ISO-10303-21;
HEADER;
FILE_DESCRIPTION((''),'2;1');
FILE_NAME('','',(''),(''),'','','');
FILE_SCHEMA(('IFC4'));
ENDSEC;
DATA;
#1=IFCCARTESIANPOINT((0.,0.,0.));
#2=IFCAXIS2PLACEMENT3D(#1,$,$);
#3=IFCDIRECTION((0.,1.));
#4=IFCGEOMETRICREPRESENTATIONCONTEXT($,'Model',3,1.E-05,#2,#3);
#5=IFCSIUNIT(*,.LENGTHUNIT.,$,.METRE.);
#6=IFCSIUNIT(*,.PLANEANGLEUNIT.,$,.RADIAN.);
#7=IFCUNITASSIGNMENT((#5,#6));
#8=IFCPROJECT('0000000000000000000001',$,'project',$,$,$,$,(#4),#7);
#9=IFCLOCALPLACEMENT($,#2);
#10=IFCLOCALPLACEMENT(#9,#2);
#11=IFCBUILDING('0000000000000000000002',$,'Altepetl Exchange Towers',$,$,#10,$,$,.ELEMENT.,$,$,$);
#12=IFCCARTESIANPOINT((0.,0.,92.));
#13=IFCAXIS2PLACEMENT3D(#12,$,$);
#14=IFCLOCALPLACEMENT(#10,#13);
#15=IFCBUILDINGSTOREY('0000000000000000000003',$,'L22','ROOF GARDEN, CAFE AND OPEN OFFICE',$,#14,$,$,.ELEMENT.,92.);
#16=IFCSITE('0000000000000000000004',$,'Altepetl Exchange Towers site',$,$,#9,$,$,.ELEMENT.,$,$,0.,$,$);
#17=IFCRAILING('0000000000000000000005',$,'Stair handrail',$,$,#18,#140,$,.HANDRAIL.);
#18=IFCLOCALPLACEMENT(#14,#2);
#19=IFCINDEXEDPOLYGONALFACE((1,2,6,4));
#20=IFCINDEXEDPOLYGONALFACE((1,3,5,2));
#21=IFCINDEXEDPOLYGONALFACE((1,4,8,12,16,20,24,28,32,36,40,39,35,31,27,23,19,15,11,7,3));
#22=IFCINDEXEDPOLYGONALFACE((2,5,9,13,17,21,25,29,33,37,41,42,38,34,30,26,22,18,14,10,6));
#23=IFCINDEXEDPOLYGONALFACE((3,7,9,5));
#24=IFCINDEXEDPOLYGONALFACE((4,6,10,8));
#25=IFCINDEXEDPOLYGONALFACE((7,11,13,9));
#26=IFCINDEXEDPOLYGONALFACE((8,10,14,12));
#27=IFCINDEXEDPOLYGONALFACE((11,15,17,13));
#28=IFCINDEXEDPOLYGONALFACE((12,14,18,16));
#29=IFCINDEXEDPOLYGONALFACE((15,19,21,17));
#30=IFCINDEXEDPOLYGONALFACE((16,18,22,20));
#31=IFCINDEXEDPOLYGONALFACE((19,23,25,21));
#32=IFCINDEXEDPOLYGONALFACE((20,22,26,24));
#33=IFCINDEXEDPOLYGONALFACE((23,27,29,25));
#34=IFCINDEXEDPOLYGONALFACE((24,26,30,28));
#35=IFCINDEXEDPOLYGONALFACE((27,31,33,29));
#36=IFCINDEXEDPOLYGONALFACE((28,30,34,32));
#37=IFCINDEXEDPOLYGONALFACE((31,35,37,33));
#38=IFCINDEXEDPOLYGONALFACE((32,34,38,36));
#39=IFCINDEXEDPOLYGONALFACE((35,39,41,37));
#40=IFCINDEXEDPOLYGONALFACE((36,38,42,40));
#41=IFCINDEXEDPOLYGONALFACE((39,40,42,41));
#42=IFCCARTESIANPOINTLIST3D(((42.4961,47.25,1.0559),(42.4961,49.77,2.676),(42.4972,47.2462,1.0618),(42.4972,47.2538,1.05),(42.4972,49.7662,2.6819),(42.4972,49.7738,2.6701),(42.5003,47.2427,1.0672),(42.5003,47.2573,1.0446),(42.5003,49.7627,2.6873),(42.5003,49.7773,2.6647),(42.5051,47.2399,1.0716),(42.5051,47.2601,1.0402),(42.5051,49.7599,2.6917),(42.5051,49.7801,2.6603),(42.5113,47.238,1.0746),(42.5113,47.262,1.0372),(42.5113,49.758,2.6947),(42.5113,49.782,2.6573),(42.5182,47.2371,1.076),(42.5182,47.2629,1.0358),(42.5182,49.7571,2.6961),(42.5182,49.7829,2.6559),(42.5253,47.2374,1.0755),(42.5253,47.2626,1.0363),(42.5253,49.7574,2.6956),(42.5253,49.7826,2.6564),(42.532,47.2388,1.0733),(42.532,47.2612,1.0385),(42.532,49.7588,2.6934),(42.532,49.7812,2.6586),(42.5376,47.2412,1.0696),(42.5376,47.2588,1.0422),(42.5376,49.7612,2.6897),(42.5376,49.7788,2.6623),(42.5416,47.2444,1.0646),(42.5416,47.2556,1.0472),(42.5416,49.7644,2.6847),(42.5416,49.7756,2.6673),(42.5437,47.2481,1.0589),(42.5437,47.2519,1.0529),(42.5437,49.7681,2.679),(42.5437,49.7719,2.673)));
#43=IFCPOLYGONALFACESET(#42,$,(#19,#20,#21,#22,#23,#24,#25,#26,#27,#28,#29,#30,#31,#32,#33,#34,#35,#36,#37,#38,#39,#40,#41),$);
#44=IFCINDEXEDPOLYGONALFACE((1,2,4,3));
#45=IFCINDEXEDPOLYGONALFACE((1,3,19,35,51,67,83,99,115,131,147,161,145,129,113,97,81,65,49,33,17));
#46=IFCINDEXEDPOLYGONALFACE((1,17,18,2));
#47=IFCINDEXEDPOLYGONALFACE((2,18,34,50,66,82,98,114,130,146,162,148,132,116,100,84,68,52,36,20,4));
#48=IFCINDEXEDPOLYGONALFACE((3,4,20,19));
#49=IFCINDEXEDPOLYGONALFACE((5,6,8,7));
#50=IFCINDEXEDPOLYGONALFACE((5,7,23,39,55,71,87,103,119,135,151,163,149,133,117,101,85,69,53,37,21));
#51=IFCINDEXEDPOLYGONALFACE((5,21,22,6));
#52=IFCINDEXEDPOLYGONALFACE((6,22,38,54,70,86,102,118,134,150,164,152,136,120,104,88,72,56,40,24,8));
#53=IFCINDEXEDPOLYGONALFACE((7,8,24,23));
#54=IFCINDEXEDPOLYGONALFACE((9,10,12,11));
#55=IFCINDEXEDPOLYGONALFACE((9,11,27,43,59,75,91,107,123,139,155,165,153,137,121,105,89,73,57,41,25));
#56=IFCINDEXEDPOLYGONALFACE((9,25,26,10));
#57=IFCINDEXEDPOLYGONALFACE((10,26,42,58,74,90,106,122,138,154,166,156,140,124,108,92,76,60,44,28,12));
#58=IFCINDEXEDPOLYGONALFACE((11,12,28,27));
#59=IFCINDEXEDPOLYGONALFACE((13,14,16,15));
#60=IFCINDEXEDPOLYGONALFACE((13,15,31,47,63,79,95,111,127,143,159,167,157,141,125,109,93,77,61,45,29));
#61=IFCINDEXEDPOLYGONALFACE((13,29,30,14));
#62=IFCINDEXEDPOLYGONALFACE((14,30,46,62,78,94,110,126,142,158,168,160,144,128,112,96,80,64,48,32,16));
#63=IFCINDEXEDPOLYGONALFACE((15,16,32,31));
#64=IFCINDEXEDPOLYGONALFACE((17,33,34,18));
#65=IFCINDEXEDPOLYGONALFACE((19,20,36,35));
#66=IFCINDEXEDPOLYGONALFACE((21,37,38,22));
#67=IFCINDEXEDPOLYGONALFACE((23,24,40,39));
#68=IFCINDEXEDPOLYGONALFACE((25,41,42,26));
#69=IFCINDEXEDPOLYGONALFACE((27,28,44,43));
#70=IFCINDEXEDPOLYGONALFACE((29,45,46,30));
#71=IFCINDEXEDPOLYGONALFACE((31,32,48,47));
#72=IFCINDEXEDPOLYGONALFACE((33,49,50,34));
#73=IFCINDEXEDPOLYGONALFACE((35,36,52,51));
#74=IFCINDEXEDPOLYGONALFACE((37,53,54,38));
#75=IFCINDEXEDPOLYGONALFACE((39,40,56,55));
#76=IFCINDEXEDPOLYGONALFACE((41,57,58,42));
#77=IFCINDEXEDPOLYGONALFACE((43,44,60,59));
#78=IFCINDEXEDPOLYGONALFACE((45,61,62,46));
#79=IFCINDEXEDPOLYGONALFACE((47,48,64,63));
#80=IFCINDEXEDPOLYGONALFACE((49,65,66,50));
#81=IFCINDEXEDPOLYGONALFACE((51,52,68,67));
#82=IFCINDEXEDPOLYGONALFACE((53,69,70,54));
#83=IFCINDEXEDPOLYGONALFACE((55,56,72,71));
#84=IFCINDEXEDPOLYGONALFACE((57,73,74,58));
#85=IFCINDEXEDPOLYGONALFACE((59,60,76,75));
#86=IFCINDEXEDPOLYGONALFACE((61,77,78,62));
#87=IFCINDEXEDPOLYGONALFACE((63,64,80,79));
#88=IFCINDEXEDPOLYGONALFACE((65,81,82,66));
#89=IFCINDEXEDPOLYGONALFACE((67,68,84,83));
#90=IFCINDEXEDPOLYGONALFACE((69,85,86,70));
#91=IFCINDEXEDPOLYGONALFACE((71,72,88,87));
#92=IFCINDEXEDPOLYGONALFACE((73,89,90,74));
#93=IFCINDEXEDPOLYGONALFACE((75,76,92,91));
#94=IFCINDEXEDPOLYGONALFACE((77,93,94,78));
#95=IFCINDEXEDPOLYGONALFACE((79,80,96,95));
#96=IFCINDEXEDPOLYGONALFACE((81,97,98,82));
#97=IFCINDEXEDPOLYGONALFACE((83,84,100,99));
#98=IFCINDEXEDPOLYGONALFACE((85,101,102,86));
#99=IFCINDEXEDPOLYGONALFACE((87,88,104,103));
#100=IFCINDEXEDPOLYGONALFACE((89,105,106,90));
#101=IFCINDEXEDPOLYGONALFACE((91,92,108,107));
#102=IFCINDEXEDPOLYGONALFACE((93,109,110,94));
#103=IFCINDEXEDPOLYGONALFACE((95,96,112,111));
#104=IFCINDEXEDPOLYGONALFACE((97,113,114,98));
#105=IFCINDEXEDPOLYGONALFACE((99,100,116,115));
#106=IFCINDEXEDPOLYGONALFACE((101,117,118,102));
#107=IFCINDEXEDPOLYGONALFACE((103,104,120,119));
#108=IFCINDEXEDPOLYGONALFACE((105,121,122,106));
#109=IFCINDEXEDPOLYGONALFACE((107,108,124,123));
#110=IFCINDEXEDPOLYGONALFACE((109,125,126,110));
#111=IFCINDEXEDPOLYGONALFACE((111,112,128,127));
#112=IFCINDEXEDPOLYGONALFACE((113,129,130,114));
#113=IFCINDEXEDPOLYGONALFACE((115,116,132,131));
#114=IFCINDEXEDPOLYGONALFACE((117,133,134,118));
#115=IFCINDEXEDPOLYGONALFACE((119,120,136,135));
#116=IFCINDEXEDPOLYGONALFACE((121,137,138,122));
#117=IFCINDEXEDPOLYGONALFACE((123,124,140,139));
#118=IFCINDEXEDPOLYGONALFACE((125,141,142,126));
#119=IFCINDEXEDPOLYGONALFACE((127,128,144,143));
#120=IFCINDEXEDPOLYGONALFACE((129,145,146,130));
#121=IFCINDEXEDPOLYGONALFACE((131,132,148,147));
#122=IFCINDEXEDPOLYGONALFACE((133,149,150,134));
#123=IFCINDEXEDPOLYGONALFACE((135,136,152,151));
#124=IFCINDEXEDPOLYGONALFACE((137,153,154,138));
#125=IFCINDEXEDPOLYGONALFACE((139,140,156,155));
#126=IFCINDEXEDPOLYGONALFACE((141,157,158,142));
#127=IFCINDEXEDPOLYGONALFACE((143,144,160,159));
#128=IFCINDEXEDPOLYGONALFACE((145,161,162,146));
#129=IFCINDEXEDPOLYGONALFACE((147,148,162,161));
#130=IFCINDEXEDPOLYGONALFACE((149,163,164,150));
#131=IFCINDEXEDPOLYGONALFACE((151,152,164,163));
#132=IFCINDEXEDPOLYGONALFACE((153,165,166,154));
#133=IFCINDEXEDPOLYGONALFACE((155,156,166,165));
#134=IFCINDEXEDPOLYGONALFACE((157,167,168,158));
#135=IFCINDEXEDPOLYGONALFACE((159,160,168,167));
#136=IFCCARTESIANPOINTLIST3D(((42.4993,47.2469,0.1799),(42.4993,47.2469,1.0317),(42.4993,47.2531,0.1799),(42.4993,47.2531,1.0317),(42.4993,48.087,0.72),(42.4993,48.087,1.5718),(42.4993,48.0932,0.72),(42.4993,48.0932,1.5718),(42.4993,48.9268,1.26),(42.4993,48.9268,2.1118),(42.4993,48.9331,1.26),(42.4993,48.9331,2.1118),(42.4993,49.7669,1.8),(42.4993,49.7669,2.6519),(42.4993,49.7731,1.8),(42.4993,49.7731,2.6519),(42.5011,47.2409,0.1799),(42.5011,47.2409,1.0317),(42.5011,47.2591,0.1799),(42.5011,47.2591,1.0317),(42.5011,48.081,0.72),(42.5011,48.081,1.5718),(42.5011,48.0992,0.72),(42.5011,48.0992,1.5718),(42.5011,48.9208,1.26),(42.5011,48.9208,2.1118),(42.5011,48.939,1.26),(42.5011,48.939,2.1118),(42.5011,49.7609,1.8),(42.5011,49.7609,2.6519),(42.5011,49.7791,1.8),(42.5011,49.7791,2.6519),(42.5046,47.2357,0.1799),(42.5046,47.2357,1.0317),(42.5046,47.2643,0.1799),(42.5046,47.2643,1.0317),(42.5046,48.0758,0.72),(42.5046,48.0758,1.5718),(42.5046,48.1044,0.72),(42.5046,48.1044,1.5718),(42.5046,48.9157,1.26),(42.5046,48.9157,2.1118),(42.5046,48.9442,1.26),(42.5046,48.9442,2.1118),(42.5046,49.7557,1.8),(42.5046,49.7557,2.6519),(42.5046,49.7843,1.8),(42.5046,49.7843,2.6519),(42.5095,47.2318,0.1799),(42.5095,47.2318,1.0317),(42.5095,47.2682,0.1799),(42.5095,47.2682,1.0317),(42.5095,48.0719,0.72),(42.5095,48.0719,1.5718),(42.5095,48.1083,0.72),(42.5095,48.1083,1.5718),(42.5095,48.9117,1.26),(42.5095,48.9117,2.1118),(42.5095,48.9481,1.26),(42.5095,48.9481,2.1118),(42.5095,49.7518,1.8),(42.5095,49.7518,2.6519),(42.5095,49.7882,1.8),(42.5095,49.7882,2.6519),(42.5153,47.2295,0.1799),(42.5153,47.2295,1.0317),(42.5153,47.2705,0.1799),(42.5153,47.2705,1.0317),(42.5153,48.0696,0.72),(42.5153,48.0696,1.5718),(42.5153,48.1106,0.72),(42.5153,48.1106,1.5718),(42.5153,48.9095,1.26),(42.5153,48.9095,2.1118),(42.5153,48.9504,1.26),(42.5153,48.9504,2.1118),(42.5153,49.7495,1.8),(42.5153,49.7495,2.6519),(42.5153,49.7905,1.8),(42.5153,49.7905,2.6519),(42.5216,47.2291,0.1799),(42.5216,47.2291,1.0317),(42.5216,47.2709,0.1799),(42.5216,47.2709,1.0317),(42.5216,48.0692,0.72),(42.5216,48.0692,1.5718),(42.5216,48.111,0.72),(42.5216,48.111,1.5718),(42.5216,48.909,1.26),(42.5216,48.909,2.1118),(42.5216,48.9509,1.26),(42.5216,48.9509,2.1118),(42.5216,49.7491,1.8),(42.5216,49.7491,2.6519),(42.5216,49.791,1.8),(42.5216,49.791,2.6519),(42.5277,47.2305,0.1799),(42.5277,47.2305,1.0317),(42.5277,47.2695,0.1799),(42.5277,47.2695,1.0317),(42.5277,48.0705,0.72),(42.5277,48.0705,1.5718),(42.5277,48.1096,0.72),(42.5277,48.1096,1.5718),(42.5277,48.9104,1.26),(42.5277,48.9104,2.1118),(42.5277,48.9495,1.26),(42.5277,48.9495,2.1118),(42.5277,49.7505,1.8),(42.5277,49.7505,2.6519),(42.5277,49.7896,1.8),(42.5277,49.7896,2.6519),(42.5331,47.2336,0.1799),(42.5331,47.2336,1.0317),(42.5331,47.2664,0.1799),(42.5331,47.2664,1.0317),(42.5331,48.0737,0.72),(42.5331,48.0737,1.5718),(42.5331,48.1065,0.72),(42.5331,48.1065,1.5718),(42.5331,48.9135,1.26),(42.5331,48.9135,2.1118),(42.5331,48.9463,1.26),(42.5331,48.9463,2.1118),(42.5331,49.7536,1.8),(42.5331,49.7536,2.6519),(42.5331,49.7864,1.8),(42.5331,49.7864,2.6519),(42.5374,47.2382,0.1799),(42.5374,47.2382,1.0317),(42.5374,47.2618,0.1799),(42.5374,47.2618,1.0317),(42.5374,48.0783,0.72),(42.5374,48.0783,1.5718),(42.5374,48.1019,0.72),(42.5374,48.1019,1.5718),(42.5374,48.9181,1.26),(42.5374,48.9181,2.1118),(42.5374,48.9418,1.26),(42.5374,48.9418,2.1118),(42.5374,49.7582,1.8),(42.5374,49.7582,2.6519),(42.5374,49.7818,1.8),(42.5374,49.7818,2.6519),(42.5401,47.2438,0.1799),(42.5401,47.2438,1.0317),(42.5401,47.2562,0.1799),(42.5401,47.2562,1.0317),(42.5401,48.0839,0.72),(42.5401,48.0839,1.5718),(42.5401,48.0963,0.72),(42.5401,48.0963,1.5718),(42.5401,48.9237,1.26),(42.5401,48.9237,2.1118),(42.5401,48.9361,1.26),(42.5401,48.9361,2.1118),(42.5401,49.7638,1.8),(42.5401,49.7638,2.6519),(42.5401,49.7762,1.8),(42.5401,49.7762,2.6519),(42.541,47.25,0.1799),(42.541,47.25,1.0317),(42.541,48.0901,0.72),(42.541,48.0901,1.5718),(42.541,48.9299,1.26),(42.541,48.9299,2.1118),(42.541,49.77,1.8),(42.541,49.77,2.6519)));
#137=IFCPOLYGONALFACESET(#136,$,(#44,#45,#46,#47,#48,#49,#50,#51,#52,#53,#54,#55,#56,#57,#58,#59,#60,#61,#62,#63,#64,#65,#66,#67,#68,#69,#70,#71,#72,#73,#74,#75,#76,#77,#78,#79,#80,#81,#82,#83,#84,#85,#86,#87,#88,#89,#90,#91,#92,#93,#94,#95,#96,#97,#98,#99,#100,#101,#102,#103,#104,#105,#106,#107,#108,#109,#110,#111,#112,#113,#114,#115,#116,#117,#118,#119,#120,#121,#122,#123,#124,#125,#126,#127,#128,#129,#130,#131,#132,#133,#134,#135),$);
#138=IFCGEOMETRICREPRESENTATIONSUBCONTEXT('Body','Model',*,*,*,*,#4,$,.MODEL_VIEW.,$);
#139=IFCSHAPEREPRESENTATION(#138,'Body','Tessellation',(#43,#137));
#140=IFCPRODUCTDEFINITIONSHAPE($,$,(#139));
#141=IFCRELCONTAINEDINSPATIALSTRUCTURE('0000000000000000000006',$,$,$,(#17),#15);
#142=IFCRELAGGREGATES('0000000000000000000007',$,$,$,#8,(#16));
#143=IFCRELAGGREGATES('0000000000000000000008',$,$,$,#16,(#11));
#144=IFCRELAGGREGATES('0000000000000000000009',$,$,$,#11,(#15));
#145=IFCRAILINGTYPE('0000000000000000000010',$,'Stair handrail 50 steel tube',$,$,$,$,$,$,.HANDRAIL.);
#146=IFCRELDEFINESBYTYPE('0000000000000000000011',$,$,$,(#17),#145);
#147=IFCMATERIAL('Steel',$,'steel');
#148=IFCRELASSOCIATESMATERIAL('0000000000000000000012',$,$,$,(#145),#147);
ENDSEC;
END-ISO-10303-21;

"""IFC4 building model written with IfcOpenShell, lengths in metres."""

from ifc_helpers import new_model, si_unit, direction, frame, origin, origin_2d, place, context, subcontext, project, spatial, circle, extrude, source, transform, mapped, material, type_object, element, save


model = new_model("IFC4")

# Units and contexts
model_context = context("Model", 3, precision=1e-05, world=origin(), true_north=direction((0.0, 1.0)))
body_context = subcontext(model_context, "Body", "Model", "MODEL_VIEW")
ifc_project = project(units=[si_unit("LENGTHUNIT", "METRE"), si_unit("PLANEANGLEUNIT", "RADIAN")], contexts=[model_context])

# Site, building, storey
site_placement = place(None, origin())
site = spatial("IfcSite", under=ifc_project, at=site_placement, Name="Altepetl Exchange Towers site", CompositionType="ELEMENT", RefElevation=0.0)
building_placement = place(site_placement, origin())
building = spatial("IfcBuilding", under=site, at=building_placement, Name="Altepetl Exchange Towers", CompositionType="ELEMENT")
storey_placement = place(building_placement, frame((0.0, 0.0, 92.0)))
storey = spatial("IfcBuildingStorey", under=building, at=storey_placement, Name="L22", Description="ROOF GARDEN, CAFE AND OPEN OFFICE", CompositionType="ELEMENT", Elevation=92.0)

# Railing
ifc_material_1 = material(Name="Steel", Category="steel")
railing_type_1 = type_object("IfcRailingType", Name="Stair handrail 50 steel tube", PredefinedType="HANDRAIL", material=ifc_material_1)
shared_shape_1 = source(origin(), body_context, "Body", "SweptSolid", [
    extrude(circle(Radius=0.021, at=origin_2d()), origin(), (0.0, 0.0, 1.0), 0.8518),
])
railing_1_placement = place(storey_placement, frame((42.52, 47.25, 0.1799)))
element("IfcRailing", 1, at=railing_1_placement, inside=storey, type_object=railing_type_1, Name="Stair handrail", PredefinedType="HANDRAIL", context=body_context, shape_type="SweptSolid", body=[
    extrude(circle(Radius=0.0239, at=origin_2d()), frame((0.0, 0.0, 0.876), z_axis=(0.0, 0.841163, 0.540782), x_axis=(-1.0, 0.0, 0.0)), (0.0, 0.0, 1.0), 2.9958),
    mapped(shared_shape_1, transform((0.0, 0.0, 0.0))),
    mapped(shared_shape_1, transform((0.0, 0.8401, 0.54))),
    mapped(shared_shape_1, transform((0.0, 1.6799, 1.0801))),
    mapped(shared_shape_1, transform((0.0, 2.52, 1.6201))),
])

save(model, "model.ifc")
